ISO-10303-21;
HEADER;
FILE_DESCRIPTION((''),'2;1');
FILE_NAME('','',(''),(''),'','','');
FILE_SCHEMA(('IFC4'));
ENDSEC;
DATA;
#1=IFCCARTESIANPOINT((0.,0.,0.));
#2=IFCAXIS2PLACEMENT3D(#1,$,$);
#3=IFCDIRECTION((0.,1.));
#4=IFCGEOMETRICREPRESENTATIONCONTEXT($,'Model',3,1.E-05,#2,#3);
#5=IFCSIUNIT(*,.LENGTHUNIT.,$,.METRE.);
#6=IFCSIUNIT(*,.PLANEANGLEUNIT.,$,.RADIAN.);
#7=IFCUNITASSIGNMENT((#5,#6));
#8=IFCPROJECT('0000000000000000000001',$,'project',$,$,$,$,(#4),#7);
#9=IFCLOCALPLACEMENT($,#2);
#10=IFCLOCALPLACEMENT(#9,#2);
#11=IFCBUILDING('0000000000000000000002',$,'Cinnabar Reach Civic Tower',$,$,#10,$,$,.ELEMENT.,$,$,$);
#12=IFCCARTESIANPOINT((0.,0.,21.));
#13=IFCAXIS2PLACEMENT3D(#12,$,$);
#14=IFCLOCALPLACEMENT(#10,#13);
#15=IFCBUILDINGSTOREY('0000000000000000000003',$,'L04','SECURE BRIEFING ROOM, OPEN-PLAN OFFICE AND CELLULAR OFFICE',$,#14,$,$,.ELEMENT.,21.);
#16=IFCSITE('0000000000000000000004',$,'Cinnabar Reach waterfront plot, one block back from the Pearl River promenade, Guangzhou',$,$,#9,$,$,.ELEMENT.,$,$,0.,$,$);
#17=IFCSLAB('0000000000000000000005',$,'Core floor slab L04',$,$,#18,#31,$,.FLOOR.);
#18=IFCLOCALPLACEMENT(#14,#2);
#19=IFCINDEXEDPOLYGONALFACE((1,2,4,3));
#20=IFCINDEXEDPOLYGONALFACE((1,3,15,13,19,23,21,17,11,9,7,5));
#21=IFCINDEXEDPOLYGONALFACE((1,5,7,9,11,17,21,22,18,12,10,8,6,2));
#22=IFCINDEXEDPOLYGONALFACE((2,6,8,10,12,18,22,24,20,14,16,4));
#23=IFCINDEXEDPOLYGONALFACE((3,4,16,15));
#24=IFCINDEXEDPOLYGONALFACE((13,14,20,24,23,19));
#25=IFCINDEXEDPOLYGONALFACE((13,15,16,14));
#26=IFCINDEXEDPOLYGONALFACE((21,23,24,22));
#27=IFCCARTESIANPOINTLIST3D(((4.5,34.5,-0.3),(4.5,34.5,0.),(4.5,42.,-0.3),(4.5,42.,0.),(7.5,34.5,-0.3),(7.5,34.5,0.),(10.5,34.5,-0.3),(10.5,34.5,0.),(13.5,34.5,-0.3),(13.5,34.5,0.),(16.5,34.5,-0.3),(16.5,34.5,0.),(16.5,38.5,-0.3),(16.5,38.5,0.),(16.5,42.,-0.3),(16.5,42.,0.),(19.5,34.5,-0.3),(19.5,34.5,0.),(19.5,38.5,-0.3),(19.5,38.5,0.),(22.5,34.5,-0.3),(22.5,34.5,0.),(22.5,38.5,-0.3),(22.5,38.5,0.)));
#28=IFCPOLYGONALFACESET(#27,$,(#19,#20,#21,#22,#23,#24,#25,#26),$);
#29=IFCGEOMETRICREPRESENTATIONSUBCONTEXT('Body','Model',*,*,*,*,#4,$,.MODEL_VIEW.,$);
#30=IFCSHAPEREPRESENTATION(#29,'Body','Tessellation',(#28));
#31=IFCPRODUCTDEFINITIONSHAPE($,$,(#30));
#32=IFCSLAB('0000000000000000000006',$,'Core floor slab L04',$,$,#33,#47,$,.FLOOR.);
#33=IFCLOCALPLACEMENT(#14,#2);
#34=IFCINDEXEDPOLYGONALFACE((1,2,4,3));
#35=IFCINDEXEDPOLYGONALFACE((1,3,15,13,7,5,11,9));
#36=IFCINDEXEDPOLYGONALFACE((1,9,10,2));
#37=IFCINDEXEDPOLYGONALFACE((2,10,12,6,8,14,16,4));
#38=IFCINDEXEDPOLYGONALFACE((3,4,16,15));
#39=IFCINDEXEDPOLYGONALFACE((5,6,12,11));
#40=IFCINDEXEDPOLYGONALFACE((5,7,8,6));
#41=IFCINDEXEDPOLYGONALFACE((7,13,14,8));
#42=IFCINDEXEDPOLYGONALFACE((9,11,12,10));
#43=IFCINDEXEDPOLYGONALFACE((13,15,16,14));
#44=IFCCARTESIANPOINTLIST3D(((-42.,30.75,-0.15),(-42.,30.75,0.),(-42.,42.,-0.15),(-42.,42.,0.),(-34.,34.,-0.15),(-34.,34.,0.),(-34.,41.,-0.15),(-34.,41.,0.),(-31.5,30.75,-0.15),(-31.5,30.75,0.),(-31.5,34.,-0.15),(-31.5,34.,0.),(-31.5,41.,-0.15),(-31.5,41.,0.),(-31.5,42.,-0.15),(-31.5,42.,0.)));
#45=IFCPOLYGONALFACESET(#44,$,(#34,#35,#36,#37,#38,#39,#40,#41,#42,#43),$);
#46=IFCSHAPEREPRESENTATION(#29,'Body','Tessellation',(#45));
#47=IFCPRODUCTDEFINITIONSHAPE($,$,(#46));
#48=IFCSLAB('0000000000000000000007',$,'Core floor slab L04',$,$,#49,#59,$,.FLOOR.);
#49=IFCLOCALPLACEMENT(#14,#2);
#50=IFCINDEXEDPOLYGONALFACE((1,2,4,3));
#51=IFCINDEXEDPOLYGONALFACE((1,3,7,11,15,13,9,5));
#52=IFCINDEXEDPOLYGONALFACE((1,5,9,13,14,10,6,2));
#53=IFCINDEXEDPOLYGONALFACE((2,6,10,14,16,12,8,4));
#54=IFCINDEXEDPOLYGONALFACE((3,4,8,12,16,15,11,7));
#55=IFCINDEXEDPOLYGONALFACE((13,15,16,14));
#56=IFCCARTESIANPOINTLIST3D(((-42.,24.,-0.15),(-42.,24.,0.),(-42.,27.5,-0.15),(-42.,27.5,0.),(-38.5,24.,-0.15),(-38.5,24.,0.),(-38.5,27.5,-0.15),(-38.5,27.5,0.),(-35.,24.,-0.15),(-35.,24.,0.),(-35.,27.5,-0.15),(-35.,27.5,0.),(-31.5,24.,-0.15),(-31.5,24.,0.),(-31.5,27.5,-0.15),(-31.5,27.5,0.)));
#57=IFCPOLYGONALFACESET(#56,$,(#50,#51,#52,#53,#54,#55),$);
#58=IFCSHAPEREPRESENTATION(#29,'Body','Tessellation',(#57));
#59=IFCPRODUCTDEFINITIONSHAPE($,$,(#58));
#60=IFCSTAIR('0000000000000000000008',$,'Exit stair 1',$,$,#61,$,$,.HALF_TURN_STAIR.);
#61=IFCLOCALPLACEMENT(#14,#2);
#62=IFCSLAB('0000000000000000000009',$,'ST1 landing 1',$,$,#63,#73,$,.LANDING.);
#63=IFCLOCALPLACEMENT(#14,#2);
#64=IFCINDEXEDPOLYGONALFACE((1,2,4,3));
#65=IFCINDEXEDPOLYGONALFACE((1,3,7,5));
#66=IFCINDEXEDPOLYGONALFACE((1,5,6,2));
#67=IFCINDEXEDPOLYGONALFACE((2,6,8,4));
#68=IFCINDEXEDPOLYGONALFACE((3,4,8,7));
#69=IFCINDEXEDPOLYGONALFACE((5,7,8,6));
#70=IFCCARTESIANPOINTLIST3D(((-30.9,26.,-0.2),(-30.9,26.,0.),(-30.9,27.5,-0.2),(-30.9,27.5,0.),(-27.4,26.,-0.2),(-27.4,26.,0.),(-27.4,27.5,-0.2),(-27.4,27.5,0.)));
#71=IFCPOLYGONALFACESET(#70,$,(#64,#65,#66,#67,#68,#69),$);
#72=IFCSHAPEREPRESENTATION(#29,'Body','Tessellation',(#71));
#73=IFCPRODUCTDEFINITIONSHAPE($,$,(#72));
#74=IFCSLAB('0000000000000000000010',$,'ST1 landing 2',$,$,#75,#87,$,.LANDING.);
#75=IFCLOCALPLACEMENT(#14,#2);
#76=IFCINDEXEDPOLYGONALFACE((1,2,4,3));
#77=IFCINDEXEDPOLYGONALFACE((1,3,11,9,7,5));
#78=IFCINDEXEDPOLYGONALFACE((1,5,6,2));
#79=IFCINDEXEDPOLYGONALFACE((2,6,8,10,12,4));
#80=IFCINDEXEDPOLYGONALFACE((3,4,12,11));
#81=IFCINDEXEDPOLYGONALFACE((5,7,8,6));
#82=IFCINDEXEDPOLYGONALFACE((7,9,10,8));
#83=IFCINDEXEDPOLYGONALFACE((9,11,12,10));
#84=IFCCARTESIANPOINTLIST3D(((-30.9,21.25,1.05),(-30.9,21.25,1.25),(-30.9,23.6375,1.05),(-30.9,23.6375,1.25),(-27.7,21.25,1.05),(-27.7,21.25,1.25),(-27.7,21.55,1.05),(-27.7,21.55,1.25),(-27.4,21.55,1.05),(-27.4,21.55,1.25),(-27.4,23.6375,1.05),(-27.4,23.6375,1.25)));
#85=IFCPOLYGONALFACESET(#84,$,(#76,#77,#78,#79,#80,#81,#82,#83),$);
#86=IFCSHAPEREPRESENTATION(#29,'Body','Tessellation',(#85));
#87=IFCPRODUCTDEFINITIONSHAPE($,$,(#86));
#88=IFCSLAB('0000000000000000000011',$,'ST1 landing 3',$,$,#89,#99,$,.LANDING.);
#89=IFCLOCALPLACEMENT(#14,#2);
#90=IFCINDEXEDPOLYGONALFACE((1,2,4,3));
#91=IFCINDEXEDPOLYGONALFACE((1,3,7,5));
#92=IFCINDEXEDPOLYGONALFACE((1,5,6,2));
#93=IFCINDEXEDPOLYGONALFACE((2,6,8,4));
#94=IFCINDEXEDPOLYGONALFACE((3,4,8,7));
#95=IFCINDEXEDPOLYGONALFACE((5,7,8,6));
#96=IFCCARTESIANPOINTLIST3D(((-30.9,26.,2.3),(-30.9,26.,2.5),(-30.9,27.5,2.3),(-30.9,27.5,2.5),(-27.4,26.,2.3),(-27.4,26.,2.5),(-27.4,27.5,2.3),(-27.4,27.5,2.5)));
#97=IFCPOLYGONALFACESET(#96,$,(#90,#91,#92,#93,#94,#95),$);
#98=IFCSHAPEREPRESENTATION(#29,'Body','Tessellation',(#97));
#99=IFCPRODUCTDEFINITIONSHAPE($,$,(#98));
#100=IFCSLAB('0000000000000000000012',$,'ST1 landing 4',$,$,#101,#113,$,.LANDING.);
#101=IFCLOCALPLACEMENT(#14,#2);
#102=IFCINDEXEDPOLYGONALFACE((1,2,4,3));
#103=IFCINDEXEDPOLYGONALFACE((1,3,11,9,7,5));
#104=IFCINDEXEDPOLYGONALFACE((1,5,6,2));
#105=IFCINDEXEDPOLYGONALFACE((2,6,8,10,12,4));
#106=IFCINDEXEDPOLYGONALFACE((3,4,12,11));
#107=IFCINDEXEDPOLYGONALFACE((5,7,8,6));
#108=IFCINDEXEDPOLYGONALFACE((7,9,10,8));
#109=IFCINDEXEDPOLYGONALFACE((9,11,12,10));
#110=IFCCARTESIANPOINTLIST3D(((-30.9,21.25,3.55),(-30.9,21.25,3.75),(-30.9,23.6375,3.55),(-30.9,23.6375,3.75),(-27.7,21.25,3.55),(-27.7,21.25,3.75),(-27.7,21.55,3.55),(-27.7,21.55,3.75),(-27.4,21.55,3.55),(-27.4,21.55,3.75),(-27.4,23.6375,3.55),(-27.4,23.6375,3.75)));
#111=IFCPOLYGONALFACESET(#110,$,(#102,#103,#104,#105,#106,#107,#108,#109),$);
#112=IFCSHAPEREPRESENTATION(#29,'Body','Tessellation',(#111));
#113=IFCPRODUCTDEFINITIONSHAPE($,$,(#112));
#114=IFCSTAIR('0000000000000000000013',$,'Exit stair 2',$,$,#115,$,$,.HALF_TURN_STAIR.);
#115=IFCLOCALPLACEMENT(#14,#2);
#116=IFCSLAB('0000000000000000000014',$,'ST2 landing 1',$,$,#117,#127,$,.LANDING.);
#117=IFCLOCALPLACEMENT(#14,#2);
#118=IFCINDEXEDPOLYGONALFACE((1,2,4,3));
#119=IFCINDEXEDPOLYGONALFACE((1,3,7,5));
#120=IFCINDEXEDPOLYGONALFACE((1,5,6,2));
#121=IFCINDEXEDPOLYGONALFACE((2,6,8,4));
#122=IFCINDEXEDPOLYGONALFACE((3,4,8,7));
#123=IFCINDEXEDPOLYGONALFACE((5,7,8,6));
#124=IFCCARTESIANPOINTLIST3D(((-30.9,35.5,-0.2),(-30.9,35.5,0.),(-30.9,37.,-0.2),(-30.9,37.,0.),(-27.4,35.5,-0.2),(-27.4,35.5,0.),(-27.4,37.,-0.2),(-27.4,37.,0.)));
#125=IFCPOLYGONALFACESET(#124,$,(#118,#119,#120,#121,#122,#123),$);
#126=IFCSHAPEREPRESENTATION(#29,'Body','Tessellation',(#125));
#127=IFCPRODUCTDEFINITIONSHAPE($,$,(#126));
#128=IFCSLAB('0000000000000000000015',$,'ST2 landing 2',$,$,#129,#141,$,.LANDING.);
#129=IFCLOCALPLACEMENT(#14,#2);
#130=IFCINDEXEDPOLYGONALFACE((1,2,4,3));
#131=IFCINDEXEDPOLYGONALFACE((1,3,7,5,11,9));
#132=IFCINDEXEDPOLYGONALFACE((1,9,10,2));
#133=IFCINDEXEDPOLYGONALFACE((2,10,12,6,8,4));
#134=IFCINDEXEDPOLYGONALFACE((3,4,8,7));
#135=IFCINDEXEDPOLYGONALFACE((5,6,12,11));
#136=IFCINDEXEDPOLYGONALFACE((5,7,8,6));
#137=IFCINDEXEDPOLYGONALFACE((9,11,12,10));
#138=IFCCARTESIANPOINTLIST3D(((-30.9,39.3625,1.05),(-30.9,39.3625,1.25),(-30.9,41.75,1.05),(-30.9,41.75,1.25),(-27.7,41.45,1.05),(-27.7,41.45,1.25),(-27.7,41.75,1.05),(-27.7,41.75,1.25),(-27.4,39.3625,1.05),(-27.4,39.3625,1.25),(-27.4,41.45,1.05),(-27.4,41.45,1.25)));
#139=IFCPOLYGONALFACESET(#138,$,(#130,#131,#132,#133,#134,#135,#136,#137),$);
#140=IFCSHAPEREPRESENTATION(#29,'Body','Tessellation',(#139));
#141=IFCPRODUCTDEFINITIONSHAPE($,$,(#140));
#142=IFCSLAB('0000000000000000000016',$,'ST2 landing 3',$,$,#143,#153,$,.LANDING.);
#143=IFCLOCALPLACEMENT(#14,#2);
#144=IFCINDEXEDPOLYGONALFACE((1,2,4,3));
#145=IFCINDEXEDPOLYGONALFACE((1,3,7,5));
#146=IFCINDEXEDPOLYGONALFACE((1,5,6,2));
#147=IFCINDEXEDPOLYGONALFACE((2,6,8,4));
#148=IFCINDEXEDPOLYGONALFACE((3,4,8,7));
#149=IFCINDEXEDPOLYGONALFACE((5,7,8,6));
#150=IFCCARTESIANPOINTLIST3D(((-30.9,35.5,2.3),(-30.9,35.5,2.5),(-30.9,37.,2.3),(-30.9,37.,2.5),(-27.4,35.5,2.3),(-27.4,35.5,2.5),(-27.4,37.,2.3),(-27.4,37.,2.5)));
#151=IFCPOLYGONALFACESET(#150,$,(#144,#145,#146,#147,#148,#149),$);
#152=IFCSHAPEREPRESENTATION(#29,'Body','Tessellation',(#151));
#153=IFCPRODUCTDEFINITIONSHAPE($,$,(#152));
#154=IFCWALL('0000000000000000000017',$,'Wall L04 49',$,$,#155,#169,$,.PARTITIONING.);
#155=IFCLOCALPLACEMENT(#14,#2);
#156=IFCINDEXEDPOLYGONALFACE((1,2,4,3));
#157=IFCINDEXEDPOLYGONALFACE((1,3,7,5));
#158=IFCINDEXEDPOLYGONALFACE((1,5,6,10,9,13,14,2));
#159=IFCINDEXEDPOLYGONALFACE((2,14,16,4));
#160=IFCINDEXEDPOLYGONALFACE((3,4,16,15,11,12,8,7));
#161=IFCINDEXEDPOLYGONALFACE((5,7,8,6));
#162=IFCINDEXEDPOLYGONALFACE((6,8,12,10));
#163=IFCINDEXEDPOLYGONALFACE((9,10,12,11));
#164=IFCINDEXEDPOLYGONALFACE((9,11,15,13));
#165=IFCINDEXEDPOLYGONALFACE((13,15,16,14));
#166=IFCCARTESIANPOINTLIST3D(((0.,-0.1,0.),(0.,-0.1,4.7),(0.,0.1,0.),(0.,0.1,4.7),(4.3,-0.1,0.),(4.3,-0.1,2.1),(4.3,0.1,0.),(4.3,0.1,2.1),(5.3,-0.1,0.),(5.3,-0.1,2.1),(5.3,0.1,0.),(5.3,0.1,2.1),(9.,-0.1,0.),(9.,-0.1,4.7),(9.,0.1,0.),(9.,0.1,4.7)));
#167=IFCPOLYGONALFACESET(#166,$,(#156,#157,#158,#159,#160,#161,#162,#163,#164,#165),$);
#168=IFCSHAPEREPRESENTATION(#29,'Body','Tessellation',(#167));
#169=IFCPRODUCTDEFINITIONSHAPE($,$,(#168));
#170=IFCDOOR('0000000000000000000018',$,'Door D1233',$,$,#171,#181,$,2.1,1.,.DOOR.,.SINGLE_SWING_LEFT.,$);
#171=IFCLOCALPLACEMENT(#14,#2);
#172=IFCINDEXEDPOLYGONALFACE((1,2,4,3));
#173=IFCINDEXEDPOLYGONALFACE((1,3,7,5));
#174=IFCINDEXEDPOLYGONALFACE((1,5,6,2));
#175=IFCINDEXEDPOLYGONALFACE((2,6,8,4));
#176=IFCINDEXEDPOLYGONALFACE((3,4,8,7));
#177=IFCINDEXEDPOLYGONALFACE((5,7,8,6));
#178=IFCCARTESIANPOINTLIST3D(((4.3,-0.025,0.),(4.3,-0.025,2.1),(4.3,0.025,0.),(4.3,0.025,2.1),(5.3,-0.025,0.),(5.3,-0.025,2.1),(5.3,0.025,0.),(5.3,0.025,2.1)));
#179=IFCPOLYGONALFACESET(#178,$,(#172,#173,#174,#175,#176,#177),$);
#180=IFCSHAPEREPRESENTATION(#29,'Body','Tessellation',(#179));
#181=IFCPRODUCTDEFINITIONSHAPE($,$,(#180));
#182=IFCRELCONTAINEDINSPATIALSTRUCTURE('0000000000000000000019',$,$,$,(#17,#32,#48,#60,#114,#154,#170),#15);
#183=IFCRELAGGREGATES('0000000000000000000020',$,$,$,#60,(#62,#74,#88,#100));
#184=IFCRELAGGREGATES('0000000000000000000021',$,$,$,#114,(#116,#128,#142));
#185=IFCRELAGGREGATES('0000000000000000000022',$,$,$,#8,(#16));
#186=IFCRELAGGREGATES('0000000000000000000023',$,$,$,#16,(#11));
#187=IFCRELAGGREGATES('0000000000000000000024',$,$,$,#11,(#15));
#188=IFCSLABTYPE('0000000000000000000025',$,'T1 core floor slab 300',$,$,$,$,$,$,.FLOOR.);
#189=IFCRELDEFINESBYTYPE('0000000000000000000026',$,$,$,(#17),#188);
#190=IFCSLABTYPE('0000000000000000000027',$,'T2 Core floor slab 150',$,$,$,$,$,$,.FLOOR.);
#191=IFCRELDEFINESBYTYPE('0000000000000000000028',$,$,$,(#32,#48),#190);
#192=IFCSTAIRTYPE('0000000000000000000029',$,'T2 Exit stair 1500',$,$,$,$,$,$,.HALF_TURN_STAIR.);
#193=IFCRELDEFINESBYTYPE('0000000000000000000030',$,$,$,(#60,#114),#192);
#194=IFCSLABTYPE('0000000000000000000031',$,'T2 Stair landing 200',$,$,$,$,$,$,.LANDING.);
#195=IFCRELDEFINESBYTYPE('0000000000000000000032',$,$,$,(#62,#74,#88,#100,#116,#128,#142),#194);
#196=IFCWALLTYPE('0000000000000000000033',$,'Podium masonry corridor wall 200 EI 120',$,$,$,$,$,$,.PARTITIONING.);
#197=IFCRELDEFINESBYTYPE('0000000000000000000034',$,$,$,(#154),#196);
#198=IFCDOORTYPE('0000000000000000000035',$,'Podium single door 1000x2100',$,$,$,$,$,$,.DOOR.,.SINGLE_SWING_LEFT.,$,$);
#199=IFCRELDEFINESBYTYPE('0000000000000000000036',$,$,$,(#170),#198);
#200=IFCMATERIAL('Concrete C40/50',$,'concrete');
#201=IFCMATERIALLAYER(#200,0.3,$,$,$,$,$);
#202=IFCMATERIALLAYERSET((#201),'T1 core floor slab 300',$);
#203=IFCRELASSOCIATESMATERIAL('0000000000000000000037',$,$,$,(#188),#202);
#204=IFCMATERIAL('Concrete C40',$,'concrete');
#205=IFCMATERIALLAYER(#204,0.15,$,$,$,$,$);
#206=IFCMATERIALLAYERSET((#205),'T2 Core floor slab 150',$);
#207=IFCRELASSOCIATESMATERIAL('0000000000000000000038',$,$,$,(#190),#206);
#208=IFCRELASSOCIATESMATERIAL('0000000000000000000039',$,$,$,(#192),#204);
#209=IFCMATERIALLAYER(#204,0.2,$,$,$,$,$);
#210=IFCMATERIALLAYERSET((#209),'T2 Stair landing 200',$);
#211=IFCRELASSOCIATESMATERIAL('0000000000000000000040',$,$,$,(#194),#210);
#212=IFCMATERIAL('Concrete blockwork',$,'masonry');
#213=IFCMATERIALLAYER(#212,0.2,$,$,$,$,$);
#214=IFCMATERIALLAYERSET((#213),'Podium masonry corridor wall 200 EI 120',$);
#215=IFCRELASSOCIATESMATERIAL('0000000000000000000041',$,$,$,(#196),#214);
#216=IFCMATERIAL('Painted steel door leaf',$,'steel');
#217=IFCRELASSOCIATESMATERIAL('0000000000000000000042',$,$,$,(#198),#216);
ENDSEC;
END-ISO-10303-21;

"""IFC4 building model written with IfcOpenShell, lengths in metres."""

from ifc_helpers import new_model, si_unit, direction, frame, frame_2d, origin, origin_with_axes, place, context, subcontext, project, spatial, polyline, rectangle, outline, extrude, material, layer, layer_set, type_object, element, fill, aggregate, save


model = new_model("IFC4")

# Units and contexts
model_context = context("Model", 3, precision=1e-05, world=origin(), true_north=direction((0.0, 1.0)))
body_context = subcontext(model_context, "Body", "Model", "MODEL_VIEW")
ifc_project = project(units=[si_unit("LENGTHUNIT", "METRE"), si_unit("PLANEANGLEUNIT", "RADIAN")], contexts=[model_context])

# Site, building, storey
site_placement = place(None, origin())
site = spatial("IfcSite", under=ifc_project, at=site_placement, Name="Cinnabar Reach waterfront plot, one block back from the Pearl River promenade, Guangzhou", CompositionType="ELEMENT", RefElevation=0.0)
building_placement = place(site_placement, origin())
building = spatial("IfcBuilding", under=site, at=building_placement, Name="Cinnabar Reach Civic Tower", CompositionType="ELEMENT")
storey_placement = place(building_placement, frame((0.0, 0.0, 21.0)))
storey = spatial("IfcBuildingStorey", under=building, at=storey_placement, Name="L04", Description="SECURE BRIEFING ROOM, OPEN-PLAN OFFICE AND CELLULAR OFFICE", CompositionType="ELEMENT", Elevation=21.0)

# Shared definitions
ifc_material_1 = material(Name="Concrete C40/50", Category="concrete")

# Slabs
ifc_layer_1 = layer(ifc_material_1, 0.3)
ifc_layer_set_1 = layer_set([ifc_layer_1], Name="T1 core floor slab 300")
slab_type_1 = type_object("IfcSlabType", Name="T1 core floor slab 300", PredefinedType="FLOOR", material=ifc_layer_set_1)
slab_1_placement = place(storey_placement, frame((0.0, 0.0, -0.3)))
element("IfcSlab", 1, at=slab_1_placement, inside=storey, type_object=slab_type_1, Name="Core floor slab L04", PredefinedType="FLOOR", context=body_context, shape_type="SweptSolid", body=[
    extrude(outline(polyline([(22.5, 34.5), (19.5, 34.5), (16.5, 34.5), (13.5, 34.5), (10.5, 34.5), (7.5, 34.5), (4.5, 34.5), (4.5, 42.0), (16.5, 42.0), (16.5, 38.5), (19.5, 38.5), (22.5, 38.5), (22.5, 34.5)])), origin(), (0.0, 0.0, 1.0), 0.3),
])
ifc_material_2 = material(Name="Concrete C40", Category="concrete")
ifc_layer_2 = layer(ifc_material_2, 0.15)
ifc_layer_set_2 = layer_set([ifc_layer_2], Name="T2 Core floor slab 150")
slab_type_2 = type_object("IfcSlabType", Name="T2 Core floor slab 150", PredefinedType="FLOOR", material=ifc_layer_set_2)
slab_2_placement = place(storey_placement, frame((0.0, 0.0, -0.15)))
element("IfcSlab", 2, at=slab_2_placement, inside=storey, type_object=slab_type_2, Name="Core floor slab L04", PredefinedType="FLOOR", context=body_context, shape_type="SweptSolid", body=[
    extrude(outline(polyline([(-42.0, 42.0), (-31.5, 42.0), (-31.5, 41.0), (-34.0, 41.0), (-34.0, 34.0), (-31.5, 34.0), (-31.5, 30.75), (-42.0, 30.75), (-42.0, 42.0)])), origin(), (0.0, 0.0, 1.0), 0.15),
])
slab_3_placement = place(storey_placement, frame((0.0, 0.0, -0.15)))
element("IfcSlab", 3, at=slab_3_placement, inside=storey, type_object=slab_type_2, Name="Core floor slab L04", PredefinedType="FLOOR", context=body_context, shape_type="SweptSolid", body=[
    extrude(outline(polyline([(-35.0, 24.0), (-38.5, 24.0), (-42.0, 24.0), (-42.0, 27.5), (-38.5, 27.5), (-35.0, 27.5), (-31.5, 27.5), (-31.5, 24.0), (-35.0, 24.0)])), origin(), (0.0, 0.0, 1.0), 0.15),
])

# Stairs, slabs
stair_type_1 = type_object("IfcStairType", Name="T2 Exit stair 1500", PredefinedType="HALF_TURN_STAIR", material=ifc_material_2)
stair_1_placement = place(storey_placement, origin())
stair_1 = element("IfcStair", 4, at=stair_1_placement, inside=storey, type_object=stair_type_1, Name="Exit stair 1", PredefinedType="HALF_TURN_STAIR")
ifc_layer_3 = layer(ifc_material_2, 0.2)
ifc_layer_set_3 = layer_set([ifc_layer_3], Name="T2 Stair landing 200")
slab_type_3 = type_object("IfcSlabType", Name="T2 Stair landing 200", PredefinedType="LANDING", material=ifc_layer_set_3)
slab_4_placement = place(storey_placement, frame((0.0, 0.0, -0.2)))
slab_4 = element("IfcSlab", 5, at=slab_4_placement, type_object=slab_type_3, Name="ST1 landing 1", PredefinedType="LANDING", context=body_context, shape_type="SweptSolid", body=[
    extrude(outline(polyline([(-30.9, 26.0), (-30.9, 27.5), (-27.4, 27.5), (-27.4, 26.0), (-30.9, 26.0)])), origin(), (0.0, 0.0, 1.0), 0.2),
])
slab_5_placement = place(storey_placement, frame((0.0, 0.0, 1.05)))
slab_5 = element("IfcSlab", 6, at=slab_5_placement, type_object=slab_type_3, Name="ST1 landing 2", PredefinedType="LANDING", context=body_context, shape_type="SweptSolid", body=[
    extrude(outline(polyline([(-30.9, 21.25), (-30.9, 23.6375), (-27.4, 23.6375), (-27.4, 21.55), (-27.7, 21.55), (-27.7, 21.25), (-30.9, 21.25)])), origin(), (0.0, 0.0, 1.0), 0.2),
])
slab_6_placement = place(storey_placement, frame((0.0, 0.0, 2.3)))
slab_6 = element("IfcSlab", 7, at=slab_6_placement, type_object=slab_type_3, Name="ST1 landing 3", PredefinedType="LANDING", context=body_context, shape_type="SweptSolid", body=[
    extrude(outline(polyline([(-30.9, 26.0), (-30.9, 27.5), (-27.4, 27.5), (-27.4, 26.0), (-30.9, 26.0)])), origin(), (0.0, 0.0, 1.0), 0.2),
])
slab_7_placement = place(storey_placement, frame((0.0, 0.0, 3.55)))
slab_7 = element("IfcSlab", 8, at=slab_7_placement, type_object=slab_type_3, Name="ST1 landing 4", PredefinedType="LANDING", context=body_context, shape_type="SweptSolid", body=[
    extrude(outline(polyline([(-30.9, 21.25), (-30.9, 23.6375), (-27.4, 23.6375), (-27.4, 21.55), (-27.7, 21.55), (-27.7, 21.25), (-30.9, 21.25)])), origin(), (0.0, 0.0, 1.0), 0.2),
])
aggregate(stair_1, [slab_4, slab_5, slab_6, slab_7])
stair_2_placement = place(storey_placement, origin())
stair_2 = element("IfcStair", 9, at=stair_2_placement, inside=storey, type_object=stair_type_1, Name="Exit stair 2", PredefinedType="HALF_TURN_STAIR")
slab_8_placement = place(storey_placement, frame((0.0, 0.0, -0.2)))
slab_8 = element("IfcSlab", 10, at=slab_8_placement, type_object=slab_type_3, Name="ST2 landing 1", PredefinedType="LANDING", context=body_context, shape_type="SweptSolid", body=[
    extrude(outline(polyline([(-30.9, 35.5), (-30.9, 37.0), (-27.4, 37.0), (-27.4, 35.5), (-30.9, 35.5)])), origin(), (0.0, 0.0, 1.0), 0.2),
])
slab_9_placement = place(storey_placement, frame((0.0, 0.0, 1.05)))
slab_9 = element("IfcSlab", 11, at=slab_9_placement, type_object=slab_type_3, Name="ST2 landing 2", PredefinedType="LANDING", context=body_context, shape_type="SweptSolid", body=[
    extrude(outline(polyline([(-27.4, 39.3625), (-30.9, 39.3625), (-30.9, 41.75), (-27.7, 41.75), (-27.7, 41.45), (-27.4, 41.45), (-27.4, 39.3625)])), origin(), (0.0, 0.0, 1.0), 0.2),
])
slab_10_placement = place(storey_placement, frame((0.0, 0.0, 2.3)))
slab_10 = element("IfcSlab", 12, at=slab_10_placement, type_object=slab_type_3, Name="ST2 landing 3", PredefinedType="LANDING", context=body_context, shape_type="SweptSolid", body=[
    extrude(outline(polyline([(-30.9, 35.5), (-30.9, 37.0), (-27.4, 37.0), (-27.4, 35.5), (-30.9, 35.5)])), origin(), (0.0, 0.0, 1.0), 0.2),
])
aggregate(stair_2, [slab_8, slab_9, slab_10])

# Wall, opening, door
ifc_material_3 = material(Name="Concrete blockwork", Category="masonry")
ifc_layer_4 = layer(ifc_material_3, 0.2)
ifc_layer_set_4 = layer_set([ifc_layer_4], Name="Podium masonry corridor wall 200 EI 120")
wall_type_1 = type_object("IfcWallType", Name="Podium masonry corridor wall 200 EI 120", PredefinedType="PARTITIONING", material=ifc_layer_set_4)
wall_1_placement = place(storey_placement, origin_with_axes())
wall_1 = element("IfcWall", 13, at=wall_1_placement, inside=storey, type_object=wall_type_1, Name="Wall L04 49", PredefinedType="PARTITIONING", context=body_context, shape_type="SweptSolid", body=[
    extrude(rectangle(XDim=9.0, YDim=0.2, at=frame_2d((4.5, 0.0))), origin(), (0.0, 0.0, 1.0), 4.7),
])
opening_placement = place(wall_1_placement, frame((4.3, 0.0, 0.0)))
opening = element("IfcOpeningElement", 14, at=opening_placement, cuts=wall_1, PredefinedType="OPENING", context=body_context, shape_type="SweptSolid", body=[
    extrude(rectangle(XDim=1.0, YDim=2.1, at=frame_2d((0.5, 1.05))), frame((0.0, 0.11, 0.0), z_axis=(0.0, -1.0, 0.0), x_axis=(1.0, 0.0, 0.0)), (0.0, 0.0, 1.0), 0.22),
])
ifc_material_4 = material(Name="Painted steel door leaf", Category="steel")
door_type = type_object("IfcDoorType", Name="Podium single door 1000x2100", OperationType="SINGLE_SWING_LEFT", PredefinedType="DOOR", material=ifc_material_4)
door_placement = place(opening_placement, frame((1.0, 0.0, 0.0), z_axis=(0.0, 0.0, 1.0), x_axis=(-1.0, 0.0, 0.0)))
door = element("IfcDoor", 15, at=door_placement, inside=storey, type_object=door_type, Name="Door D1233", OperationType="SINGLE_SWING_LEFT", OverallHeight=2.1, OverallWidth=1.0, PredefinedType="DOOR", context=body_context, shape_type="SweptSolid", body=[
    extrude(rectangle(XDim=1.0, YDim=2.1, at=frame_2d((0.5, 1.05))), frame((0.0, 0.025, 0.0), z_axis=(0.0, -1.0, 0.0), x_axis=(1.0, 0.0, 0.0)), (0.0, 0.0, 1.0), 0.05),
])
fill(opening, door)

save(model, "model.ifc")
